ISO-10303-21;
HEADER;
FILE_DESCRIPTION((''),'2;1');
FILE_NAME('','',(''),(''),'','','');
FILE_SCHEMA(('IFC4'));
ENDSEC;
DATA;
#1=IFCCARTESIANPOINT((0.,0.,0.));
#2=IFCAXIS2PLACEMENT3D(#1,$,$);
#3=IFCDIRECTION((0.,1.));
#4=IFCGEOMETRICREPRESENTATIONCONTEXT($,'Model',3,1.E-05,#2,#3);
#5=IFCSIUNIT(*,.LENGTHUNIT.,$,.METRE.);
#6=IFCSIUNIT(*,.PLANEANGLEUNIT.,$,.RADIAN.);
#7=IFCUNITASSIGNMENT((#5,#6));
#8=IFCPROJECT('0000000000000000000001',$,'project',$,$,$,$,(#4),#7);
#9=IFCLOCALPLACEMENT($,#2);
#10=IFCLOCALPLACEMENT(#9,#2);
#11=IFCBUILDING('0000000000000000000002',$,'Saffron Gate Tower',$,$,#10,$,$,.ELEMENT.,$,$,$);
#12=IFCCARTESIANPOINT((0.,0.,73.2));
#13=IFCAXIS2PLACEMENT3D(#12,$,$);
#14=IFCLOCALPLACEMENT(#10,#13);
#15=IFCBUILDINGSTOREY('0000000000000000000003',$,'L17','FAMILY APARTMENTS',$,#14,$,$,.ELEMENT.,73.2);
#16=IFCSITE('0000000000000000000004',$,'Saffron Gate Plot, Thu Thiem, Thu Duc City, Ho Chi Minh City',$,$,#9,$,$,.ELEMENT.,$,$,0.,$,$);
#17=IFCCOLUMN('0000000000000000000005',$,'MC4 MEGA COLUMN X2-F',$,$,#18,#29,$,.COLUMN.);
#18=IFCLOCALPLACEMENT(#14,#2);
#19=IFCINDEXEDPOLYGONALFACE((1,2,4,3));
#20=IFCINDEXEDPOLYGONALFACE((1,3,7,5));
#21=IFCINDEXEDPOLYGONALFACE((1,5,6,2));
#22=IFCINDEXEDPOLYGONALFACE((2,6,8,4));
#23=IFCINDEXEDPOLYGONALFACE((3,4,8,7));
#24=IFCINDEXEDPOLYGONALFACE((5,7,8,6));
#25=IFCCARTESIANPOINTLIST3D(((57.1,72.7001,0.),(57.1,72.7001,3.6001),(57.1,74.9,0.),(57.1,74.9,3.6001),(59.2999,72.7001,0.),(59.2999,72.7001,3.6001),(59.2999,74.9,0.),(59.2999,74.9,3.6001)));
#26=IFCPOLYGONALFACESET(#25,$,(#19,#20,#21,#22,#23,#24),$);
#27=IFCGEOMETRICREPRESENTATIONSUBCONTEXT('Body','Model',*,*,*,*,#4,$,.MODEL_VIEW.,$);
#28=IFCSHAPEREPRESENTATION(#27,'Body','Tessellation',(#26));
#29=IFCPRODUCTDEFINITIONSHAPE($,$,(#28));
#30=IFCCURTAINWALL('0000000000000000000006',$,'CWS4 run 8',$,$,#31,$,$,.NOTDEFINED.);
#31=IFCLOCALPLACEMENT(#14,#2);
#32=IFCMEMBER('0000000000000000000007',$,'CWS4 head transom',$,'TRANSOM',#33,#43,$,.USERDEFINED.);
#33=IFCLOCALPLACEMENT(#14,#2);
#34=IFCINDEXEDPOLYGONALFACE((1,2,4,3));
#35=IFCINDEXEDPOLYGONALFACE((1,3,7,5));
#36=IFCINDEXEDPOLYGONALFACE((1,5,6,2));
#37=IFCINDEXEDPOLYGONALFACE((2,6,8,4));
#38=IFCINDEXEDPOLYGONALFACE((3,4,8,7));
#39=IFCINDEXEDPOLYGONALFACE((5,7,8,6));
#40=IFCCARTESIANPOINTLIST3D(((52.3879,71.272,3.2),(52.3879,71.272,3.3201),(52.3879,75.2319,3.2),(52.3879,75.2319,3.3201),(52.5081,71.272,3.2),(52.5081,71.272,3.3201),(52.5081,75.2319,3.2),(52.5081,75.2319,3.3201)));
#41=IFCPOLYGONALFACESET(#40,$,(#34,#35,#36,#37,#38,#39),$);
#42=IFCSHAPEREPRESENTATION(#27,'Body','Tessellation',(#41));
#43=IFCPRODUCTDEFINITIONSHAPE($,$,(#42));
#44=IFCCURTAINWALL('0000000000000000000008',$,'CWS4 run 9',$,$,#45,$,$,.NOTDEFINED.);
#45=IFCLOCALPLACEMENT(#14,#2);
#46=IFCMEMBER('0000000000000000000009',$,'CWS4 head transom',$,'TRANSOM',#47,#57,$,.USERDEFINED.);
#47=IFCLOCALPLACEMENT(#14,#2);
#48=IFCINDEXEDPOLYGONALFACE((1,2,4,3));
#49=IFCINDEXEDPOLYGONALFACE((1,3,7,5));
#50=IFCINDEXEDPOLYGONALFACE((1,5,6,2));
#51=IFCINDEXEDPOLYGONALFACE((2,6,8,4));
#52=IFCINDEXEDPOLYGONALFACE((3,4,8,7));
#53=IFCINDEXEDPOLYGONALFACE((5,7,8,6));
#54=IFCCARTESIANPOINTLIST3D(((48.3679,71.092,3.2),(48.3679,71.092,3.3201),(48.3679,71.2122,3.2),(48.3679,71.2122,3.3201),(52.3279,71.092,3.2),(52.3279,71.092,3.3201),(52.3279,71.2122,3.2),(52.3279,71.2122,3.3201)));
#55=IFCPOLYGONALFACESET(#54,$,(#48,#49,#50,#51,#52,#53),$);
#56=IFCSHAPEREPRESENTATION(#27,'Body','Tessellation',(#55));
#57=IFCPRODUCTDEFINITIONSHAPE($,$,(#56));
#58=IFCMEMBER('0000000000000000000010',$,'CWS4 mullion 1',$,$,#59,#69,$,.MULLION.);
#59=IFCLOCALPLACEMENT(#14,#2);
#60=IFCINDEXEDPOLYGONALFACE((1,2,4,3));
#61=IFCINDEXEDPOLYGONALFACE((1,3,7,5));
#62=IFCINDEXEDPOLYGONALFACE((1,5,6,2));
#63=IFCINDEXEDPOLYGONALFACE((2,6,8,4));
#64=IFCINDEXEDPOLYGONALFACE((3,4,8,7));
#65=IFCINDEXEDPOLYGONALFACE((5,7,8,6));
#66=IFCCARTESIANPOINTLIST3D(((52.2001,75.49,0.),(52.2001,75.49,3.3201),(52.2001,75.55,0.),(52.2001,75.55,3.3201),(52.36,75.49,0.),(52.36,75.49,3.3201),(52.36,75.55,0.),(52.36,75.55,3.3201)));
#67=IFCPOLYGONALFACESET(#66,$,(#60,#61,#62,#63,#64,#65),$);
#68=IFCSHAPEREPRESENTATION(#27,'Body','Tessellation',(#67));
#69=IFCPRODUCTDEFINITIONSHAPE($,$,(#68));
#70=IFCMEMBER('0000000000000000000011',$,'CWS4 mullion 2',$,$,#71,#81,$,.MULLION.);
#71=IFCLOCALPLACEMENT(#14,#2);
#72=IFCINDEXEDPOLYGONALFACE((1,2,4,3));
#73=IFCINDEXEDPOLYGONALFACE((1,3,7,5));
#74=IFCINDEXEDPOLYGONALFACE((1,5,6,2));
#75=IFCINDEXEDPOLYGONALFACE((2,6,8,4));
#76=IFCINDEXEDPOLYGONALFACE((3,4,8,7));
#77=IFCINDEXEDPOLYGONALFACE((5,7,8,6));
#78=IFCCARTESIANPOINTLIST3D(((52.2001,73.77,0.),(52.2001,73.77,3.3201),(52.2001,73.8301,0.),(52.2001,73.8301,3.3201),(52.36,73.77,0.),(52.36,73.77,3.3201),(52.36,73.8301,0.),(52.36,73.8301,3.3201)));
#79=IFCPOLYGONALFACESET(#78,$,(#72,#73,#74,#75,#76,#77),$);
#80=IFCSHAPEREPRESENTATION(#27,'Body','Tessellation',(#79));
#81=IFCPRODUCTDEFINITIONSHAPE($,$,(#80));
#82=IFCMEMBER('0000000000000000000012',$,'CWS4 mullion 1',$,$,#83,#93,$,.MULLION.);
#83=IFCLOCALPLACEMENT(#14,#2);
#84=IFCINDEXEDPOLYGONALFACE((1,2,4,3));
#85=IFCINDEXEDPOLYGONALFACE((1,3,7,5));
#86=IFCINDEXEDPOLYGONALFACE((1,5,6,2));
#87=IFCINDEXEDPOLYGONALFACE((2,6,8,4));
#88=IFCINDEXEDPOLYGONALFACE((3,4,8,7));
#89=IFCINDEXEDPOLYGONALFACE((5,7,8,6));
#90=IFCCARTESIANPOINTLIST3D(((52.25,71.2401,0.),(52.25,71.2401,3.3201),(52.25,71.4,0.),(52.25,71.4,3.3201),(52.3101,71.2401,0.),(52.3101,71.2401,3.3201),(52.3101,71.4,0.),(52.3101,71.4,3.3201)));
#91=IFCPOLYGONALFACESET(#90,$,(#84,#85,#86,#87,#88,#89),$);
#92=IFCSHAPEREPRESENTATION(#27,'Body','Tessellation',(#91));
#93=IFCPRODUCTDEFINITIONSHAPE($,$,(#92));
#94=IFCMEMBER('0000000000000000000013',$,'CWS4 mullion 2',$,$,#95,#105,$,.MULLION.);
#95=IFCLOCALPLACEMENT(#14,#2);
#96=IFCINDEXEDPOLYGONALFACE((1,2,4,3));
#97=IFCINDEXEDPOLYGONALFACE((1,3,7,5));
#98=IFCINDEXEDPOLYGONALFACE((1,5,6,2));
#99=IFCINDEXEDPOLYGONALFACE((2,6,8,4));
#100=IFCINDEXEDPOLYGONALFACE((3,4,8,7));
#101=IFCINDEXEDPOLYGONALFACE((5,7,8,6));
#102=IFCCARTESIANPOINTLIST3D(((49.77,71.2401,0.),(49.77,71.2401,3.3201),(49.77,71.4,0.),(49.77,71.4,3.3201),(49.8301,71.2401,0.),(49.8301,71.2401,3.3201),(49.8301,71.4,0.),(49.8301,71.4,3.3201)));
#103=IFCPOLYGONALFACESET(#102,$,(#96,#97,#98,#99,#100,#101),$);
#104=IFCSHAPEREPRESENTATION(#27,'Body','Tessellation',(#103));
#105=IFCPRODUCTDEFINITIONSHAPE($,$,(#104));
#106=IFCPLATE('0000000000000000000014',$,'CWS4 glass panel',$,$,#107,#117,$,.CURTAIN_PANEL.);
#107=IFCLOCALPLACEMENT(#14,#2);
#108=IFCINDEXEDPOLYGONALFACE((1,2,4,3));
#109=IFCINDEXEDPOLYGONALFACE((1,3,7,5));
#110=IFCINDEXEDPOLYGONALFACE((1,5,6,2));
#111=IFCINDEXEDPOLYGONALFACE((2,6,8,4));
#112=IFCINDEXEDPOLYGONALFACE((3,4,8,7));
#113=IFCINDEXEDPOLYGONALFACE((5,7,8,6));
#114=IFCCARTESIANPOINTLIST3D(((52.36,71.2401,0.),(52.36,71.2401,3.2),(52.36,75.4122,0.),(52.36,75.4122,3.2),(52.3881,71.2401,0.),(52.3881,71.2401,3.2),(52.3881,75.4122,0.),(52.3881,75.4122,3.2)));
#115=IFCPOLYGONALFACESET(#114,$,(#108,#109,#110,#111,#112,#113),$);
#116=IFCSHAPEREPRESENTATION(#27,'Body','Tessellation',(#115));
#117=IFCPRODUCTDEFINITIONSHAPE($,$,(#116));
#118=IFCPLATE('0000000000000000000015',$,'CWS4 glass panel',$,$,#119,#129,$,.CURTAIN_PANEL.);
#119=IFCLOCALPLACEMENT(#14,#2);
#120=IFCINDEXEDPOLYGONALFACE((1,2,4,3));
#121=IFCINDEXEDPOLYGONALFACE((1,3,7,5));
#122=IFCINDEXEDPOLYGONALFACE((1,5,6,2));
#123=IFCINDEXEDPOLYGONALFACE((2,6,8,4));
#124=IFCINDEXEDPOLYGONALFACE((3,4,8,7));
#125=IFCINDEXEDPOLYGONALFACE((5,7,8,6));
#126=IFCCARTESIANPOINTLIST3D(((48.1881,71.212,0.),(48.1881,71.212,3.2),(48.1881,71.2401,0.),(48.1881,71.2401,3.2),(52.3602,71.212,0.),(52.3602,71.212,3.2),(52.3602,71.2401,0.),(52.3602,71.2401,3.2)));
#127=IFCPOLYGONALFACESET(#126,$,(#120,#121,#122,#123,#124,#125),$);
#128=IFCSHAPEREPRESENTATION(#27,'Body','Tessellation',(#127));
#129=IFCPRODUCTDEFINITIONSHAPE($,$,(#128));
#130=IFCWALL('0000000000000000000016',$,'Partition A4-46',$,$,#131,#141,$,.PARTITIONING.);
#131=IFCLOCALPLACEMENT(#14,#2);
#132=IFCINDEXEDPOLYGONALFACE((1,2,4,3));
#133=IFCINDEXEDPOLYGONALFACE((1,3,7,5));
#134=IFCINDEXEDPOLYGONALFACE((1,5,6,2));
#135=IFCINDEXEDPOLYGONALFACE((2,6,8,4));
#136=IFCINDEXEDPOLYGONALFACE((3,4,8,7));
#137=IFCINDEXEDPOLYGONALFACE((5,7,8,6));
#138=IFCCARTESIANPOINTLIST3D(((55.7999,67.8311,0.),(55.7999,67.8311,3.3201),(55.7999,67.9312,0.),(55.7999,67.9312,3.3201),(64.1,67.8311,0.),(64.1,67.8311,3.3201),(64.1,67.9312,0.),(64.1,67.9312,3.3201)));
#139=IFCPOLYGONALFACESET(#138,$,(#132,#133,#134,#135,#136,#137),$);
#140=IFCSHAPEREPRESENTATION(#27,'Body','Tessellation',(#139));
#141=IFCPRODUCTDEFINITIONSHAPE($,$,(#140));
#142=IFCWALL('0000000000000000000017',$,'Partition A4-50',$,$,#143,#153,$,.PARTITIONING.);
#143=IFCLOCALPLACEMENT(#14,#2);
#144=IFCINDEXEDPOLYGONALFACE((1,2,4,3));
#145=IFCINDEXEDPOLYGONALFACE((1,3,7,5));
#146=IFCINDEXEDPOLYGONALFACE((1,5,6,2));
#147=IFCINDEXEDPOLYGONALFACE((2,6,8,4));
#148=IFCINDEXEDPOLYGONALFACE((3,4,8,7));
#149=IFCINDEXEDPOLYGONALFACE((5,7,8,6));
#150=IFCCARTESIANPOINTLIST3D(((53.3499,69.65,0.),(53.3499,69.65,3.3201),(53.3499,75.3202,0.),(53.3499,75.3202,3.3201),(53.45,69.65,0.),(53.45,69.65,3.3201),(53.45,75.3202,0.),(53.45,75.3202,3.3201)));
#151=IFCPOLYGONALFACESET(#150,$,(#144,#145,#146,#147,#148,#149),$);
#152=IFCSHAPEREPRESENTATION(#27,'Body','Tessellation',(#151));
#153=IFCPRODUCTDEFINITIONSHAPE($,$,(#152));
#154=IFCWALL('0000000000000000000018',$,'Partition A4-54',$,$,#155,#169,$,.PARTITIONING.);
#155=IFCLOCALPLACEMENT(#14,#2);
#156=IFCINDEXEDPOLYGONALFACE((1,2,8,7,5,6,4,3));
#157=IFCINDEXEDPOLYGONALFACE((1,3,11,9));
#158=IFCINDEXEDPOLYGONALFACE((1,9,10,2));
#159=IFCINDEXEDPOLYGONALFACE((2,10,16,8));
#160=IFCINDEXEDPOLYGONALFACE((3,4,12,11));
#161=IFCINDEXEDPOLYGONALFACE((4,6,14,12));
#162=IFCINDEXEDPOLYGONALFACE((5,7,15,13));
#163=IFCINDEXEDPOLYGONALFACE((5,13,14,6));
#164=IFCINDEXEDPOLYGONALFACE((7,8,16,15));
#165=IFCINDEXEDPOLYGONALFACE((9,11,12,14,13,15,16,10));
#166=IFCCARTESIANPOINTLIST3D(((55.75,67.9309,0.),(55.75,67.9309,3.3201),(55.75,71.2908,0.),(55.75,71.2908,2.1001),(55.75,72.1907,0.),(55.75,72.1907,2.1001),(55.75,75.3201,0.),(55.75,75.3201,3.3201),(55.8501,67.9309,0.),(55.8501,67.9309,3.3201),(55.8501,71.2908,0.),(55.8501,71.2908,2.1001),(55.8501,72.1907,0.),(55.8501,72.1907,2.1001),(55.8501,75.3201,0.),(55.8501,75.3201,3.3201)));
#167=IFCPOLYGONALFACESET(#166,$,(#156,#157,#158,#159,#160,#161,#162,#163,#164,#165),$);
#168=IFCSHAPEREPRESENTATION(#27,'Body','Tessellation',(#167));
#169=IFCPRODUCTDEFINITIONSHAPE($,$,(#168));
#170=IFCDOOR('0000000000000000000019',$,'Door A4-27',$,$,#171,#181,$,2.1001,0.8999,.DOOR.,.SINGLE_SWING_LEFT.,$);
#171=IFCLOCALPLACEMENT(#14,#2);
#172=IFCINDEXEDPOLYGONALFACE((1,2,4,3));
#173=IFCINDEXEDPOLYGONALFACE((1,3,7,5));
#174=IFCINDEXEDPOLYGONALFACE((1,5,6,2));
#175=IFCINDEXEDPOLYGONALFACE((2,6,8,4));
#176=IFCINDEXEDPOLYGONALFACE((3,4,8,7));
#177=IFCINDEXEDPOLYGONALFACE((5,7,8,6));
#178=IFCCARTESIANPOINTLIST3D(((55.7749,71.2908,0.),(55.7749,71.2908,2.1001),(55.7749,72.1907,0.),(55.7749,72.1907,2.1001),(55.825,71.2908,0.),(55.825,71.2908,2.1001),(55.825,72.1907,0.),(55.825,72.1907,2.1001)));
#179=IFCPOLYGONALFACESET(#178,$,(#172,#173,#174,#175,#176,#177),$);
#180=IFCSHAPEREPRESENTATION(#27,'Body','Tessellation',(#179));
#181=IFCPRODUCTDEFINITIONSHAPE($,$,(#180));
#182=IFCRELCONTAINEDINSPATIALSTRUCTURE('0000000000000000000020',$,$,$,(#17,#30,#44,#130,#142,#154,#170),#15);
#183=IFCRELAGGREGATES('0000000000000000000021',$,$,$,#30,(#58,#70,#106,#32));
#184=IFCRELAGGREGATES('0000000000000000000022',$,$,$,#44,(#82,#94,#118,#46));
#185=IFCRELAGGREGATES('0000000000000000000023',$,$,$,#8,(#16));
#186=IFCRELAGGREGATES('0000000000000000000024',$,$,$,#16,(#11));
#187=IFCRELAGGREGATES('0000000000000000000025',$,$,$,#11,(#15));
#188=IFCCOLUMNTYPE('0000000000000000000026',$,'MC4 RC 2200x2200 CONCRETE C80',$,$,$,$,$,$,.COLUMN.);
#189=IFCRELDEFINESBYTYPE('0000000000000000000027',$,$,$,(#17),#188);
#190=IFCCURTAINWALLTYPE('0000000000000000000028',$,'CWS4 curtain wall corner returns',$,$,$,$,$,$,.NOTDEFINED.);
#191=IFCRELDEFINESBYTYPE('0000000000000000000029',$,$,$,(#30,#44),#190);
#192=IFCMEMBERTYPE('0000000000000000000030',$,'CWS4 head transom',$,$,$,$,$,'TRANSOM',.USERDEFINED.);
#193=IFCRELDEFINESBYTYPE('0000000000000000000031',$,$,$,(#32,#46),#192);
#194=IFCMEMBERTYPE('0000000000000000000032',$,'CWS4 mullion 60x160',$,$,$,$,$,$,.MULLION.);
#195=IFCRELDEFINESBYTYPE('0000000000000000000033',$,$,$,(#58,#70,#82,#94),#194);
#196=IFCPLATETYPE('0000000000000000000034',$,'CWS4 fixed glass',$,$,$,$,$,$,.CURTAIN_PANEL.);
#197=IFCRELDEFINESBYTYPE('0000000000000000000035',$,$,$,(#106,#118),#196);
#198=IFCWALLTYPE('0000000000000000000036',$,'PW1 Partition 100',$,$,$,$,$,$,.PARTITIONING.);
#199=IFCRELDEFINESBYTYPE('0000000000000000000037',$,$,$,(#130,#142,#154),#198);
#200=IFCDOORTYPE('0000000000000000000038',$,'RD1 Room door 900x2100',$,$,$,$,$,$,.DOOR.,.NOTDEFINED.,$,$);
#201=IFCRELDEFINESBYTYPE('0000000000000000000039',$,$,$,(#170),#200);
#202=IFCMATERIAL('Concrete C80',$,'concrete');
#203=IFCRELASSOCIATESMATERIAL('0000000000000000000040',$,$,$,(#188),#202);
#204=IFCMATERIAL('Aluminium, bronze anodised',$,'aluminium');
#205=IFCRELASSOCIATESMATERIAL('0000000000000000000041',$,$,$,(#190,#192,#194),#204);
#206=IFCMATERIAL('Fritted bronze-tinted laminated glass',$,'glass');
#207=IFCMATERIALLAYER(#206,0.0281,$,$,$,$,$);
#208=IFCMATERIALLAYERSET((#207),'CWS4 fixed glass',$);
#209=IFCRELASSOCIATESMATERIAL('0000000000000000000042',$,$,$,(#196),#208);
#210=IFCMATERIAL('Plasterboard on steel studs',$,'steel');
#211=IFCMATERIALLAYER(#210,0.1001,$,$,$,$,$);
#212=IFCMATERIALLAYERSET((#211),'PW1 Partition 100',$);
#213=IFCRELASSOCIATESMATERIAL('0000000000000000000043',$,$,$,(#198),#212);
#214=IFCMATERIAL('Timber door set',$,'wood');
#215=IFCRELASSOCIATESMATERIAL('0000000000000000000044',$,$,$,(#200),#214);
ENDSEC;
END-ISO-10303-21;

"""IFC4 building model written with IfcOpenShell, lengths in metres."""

from ifc_helpers import new_model, si_unit, direction, frame, frame_2d, origin, origin_2d, place, context, subcontext, project, spatial, rectangle, extrude, material, layer, layer_set, material_profile, profile_set, type_object, element, fill, aggregate, save


model = new_model("IFC4")

# Units and contexts
model_context = context("Model", 3, precision=1e-05, world=origin(), true_north=direction((0.0, 1.0)))
body_context = subcontext(model_context, "Body", "Model", "MODEL_VIEW")
ifc_project = project(units=[si_unit("LENGTHUNIT", "METRE"), si_unit("PLANEANGLEUNIT", "RADIAN")], contexts=[model_context])

# Site, building, storey
site_placement = place(None, origin())
site = spatial("IfcSite", under=ifc_project, at=site_placement, Name="Saffron Gate Plot, Thu Thiem, Thu Duc City, Ho Chi Minh City", CompositionType="ELEMENT", RefElevation=0.0)
building_placement = place(site_placement, origin())
building = spatial("IfcBuilding", under=site, at=building_placement, Name="Saffron Gate Tower", CompositionType="ELEMENT")
storey_placement = place(building_placement, frame((0.0, 0.0, 73.2)))
storey = spatial("IfcBuildingStorey", under=building, at=storey_placement, Name="L17", Description="FAMILY APARTMENTS", CompositionType="ELEMENT", Elevation=73.2)

# Column
ifc_material_1 = material(Name="Concrete C80", Category="concrete")
ifc_material_profile_1 = material_profile(ifc_material_1, rectangle(XDim=2.2, YDim=2.2, at=origin_2d()))
ifc_profile_set_1 = profile_set([ifc_material_profile_1], Name="Concrete C80")
column_type = type_object("IfcColumnType", Name="MC4 RC 2200x2200 CONCRETE C80", PredefinedType="COLUMN", material=ifc_profile_set_1)
column_placement = place(storey_placement, frame((58.2, 73.8, 0.0), z_axis=(0.0, 0.0, 1.0), x_axis=(1.0, 0.0, 0.0)))
element("IfcColumn", 1, at=column_placement, inside=storey, type_object=column_type, Name="MC4 MEGA COLUMN X2-F", PredefinedType="COLUMN", context=body_context, shape_type="SweptSolid", body=[
    extrude(rectangle(XDim=2.2, YDim=2.2, at=origin_2d()), origin(), (0.0, 0.0, 1.0), 3.6001),
])

# Curtain walls, members
ifc_material_2 = material(Name="Aluminium, bronze anodised", Category="aluminium")
curtain_wall_type = type_object("IfcCurtainWallType", Name="CWS4 curtain wall corner returns", PredefinedType="NOTDEFINED", material=ifc_material_2)
curtain_wall_1_placement = place(storey_placement, origin())
curtain_wall_1 = element("IfcCurtainWall", 2, at=curtain_wall_1_placement, inside=storey, type_object=curtain_wall_type, Name="CWS4 run 8", PredefinedType="NOTDEFINED")
ifc_material_profile_2 = material_profile(ifc_material_2, rectangle(XDim=0.1201, YDim=0.1201, at=origin_2d()))
ifc_profile_set_2 = profile_set([ifc_material_profile_2], Name="Aluminium, bronze anodised")
member_type_1 = type_object("IfcMemberType", Name="CWS4 head transom", ElementType="TRANSOM", PredefinedType="USERDEFINED", material=ifc_profile_set_2)
member_1_placement = place(storey_placement, frame((52.448, 75.2319, 3.26), z_axis=(0.0, -1.0, 0.0), x_axis=(1.0, 0.0, 0.0)))
member_1 = element("IfcMember", 3, at=member_1_placement, type_object=member_type_1, Name="CWS4 head transom", ObjectType="TRANSOM", PredefinedType="USERDEFINED", context=body_context, shape_type="SweptSolid", body=[
    extrude(rectangle(XDim=0.1201, YDim=0.1201, at=origin_2d()), origin(), (0.0, 0.0, 1.0), 3.96),
])
curtain_wall_2_placement = place(storey_placement, origin())
curtain_wall_2 = element("IfcCurtainWall", 4, at=curtain_wall_2_placement, inside=storey, type_object=curtain_wall_type, Name="CWS4 run 9", PredefinedType="NOTDEFINED")
member_2_placement = place(storey_placement, frame((52.3279, 71.1521, 3.26), z_axis=(-1.0, 0.0, 0.0), x_axis=(0.0, -1.0, 0.0)))
member_2 = element("IfcMember", 5, at=member_2_placement, type_object=member_type_1, Name="CWS4 head transom", ObjectType="TRANSOM", PredefinedType="USERDEFINED", context=body_context, shape_type="SweptSolid", body=[
    extrude(rectangle(XDim=0.1201, YDim=0.1201, at=origin_2d()), origin(), (0.0, 0.0, 1.0), 3.96),
])

# Members
ifc_material_profile_3 = material_profile(ifc_material_2, rectangle(XDim=0.1599, YDim=0.0601, at=origin_2d()))
ifc_profile_set_3 = profile_set([ifc_material_profile_3], Name="Aluminium, bronze anodised")
member_type_2 = type_object("IfcMemberType", Name="CWS4 mullion 60x160", PredefinedType="MULLION", material=ifc_profile_set_3)
member_3_placement = place(storey_placement, frame((52.28, 75.52, 0.0), z_axis=(0.0, 0.0, 1.0), x_axis=(1.0, 0.0, 0.0)))
member_3 = element("IfcMember", 6, at=member_3_placement, type_object=member_type_2, Name="CWS4 mullion 1", PredefinedType="MULLION", context=body_context, shape_type="SweptSolid", body=[
    extrude(rectangle(XDim=0.1599, YDim=0.0601, at=origin_2d()), origin(), (0.0, 0.0, 1.0), 3.3201),
])
member_4_placement = place(storey_placement, frame((52.28, 73.8, 0.0), z_axis=(0.0, 0.0, 1.0), x_axis=(1.0, 0.0, 0.0)))
member_4 = element("IfcMember", 7, at=member_4_placement, type_object=member_type_2, Name="CWS4 mullion 2", PredefinedType="MULLION", context=body_context, shape_type="SweptSolid", body=[
    extrude(rectangle(XDim=0.1599, YDim=0.0601, at=origin_2d()), origin(), (0.0, 0.0, 1.0), 3.3201),
])
member_5_placement = place(storey_placement, frame((52.28, 71.3201, 0.0), z_axis=(0.0, 0.0, 1.0), x_axis=(0.0, -1.0, 0.0)))
member_5 = element("IfcMember", 8, at=member_5_placement, type_object=member_type_2, Name="CWS4 mullion 1", PredefinedType="MULLION", context=body_context, shape_type="SweptSolid", body=[
    extrude(rectangle(XDim=0.1599, YDim=0.0601, at=origin_2d()), origin(), (0.0, 0.0, 1.0), 3.3201),
])
member_6_placement = place(storey_placement, frame((49.8, 71.3201, 0.0), z_axis=(0.0, 0.0, 1.0), x_axis=(0.0, -1.0, 0.0)))
member_6 = element("IfcMember", 9, at=member_6_placement, type_object=member_type_2, Name="CWS4 mullion 2", PredefinedType="MULLION", context=body_context, shape_type="SweptSolid", body=[
    extrude(rectangle(XDim=0.1599, YDim=0.0601, at=origin_2d()), origin(), (0.0, 0.0, 1.0), 3.3201),
])

# Plates
ifc_material_3 = material(Name="Fritted bronze-tinted laminated glass", Category="glass")
ifc_layer_1 = layer(ifc_material_3, 0.0281)
ifc_layer_set_1 = layer_set([ifc_layer_1], Name="CWS4 fixed glass")
plate_type = type_object("IfcPlateType", Name="CWS4 fixed glass", PredefinedType="CURTAIN_PANEL", material=ifc_layer_set_1)
plate_1_placement = place(storey_placement, frame((52.374, 75.4121, 0.0), z_axis=(0.0, 0.0, 1.0), x_axis=(0.0, -1.0, 0.0)))
plate_1 = element("IfcPlate", 10, at=plate_1_placement, type_object=plate_type, Name="CWS4 glass panel", PredefinedType="CURTAIN_PANEL", context=body_context, shape_type="SweptSolid", body=[
    extrude(rectangle(XDim=4.1721, YDim=0.0281, at=frame_2d((2.0859, 0.0))), origin(), (0.0, 0.0, 1.0), 3.2),
])
aggregate(curtain_wall_1, [member_3, member_4, plate_1, member_1])
plate_2_placement = place(storey_placement, frame((52.3601, 71.2261, 0.0), z_axis=(0.0, 0.0, 1.0), x_axis=(-1.0, 0.0, 0.0)))
plate_2 = element("IfcPlate", 11, at=plate_2_placement, type_object=plate_type, Name="CWS4 glass panel", PredefinedType="CURTAIN_PANEL", context=body_context, shape_type="SweptSolid", body=[
    extrude(rectangle(XDim=4.1721, YDim=0.0281, at=frame_2d((2.0859, 0.0))), origin(), (0.0, 0.0, 1.0), 3.2),
])
aggregate(curtain_wall_2, [member_5, member_6, plate_2, member_2])

# Walls
ifc_material_4 = material(Name="Plasterboard on steel studs", Category="steel")
ifc_layer_2 = layer(ifc_material_4, 0.1001)
ifc_layer_set_2 = layer_set([ifc_layer_2], Name="PW1 Partition 100")
wall_type = type_object("IfcWallType", Name="PW1 Partition 100", PredefinedType="PARTITIONING", material=ifc_layer_set_2)
wall_1_placement = place(storey_placement, frame((55.8, 67.8811, 0.0), z_axis=(0.0, 0.0, 1.0), x_axis=(1.0, 0.0, 0.0)))
element("IfcWall", 12, at=wall_1_placement, inside=storey, type_object=wall_type, Name="Partition A4-46", PredefinedType="PARTITIONING", context=body_context, shape_type="SweptSolid", body=[
    extrude(rectangle(XDim=8.3, YDim=0.1001, at=frame_2d((4.1499, 0.0))), origin(), (0.0, 0.0, 1.0), 3.3201),
])
wall_2_placement = place(storey_placement, frame((53.3999, 75.3201, 0.0), z_axis=(0.0, 0.0, 1.0), x_axis=(0.0, -1.0, 0.0)))
element("IfcWall", 13, at=wall_2_placement, inside=storey, type_object=wall_type, Name="Partition A4-50", PredefinedType="PARTITIONING", context=body_context, shape_type="SweptSolid", body=[
    extrude(rectangle(XDim=5.6702, YDim=0.1001, at=frame_2d((2.835, 0.0))), origin(), (0.0, 0.0, 1.0), 3.3201),
])

# Wall, opening, door
wall_3_placement = place(storey_placement, frame((55.8, 75.3201, 0.0), z_axis=(0.0, 0.0, 1.0), x_axis=(0.0, -1.0, 0.0)))
wall_3 = element("IfcWall", 14, at=wall_3_placement, inside=storey, type_object=wall_type, Name="Partition A4-54", PredefinedType="PARTITIONING", context=body_context, shape_type="SweptSolid", body=[
    extrude(rectangle(XDim=7.3892, YDim=0.1001, at=frame_2d((3.6946, 0.0))), origin(), (0.0, 0.0, 1.0), 3.3201),
])
opening_placement = place(wall_3_placement, frame((3.1294, 0.0, 0.0)))
opening = element("IfcOpeningElement", 15, at=opening_placement, cuts=wall_3, PredefinedType="OPENING", context=body_context, shape_type="SweptSolid", body=[
    extrude(rectangle(XDim=0.8999, YDim=2.1001, at=frame_2d((0.45, 1.05))), frame((0.0, 0.0601, 0.0), z_axis=(0.0, -1.0, 0.0), x_axis=(1.0, 0.0, 0.0)), (0.0, 0.0, 1.0), 0.1201),
])
ifc_material_5 = material(Name="Timber door set", Category="wood")
door_type = type_object("IfcDoorType", Name="RD1 Room door 900x2100", OperationType="NOTDEFINED", PredefinedType="DOOR", material=ifc_material_5)
door_placement = place(opening_placement, origin())
door = element("IfcDoor", 16, at=door_placement, inside=storey, type_object=door_type, Name="Door A4-27", OperationType="SINGLE_SWING_LEFT", OverallHeight=2.1001, OverallWidth=0.8999, PredefinedType="DOOR", context=body_context, shape_type="SweptSolid", body=[
    extrude(rectangle(XDim=0.8999, YDim=2.1001, at=frame_2d((0.45, 1.05))), frame((0.0, 0.0249, 0.0), z_axis=(0.0, -1.0, 0.0), x_axis=(1.0, 0.0, 0.0)), (0.0, 0.0, 1.0), 0.05),
])
fill(opening, door)

save(model, "model.ifc")
